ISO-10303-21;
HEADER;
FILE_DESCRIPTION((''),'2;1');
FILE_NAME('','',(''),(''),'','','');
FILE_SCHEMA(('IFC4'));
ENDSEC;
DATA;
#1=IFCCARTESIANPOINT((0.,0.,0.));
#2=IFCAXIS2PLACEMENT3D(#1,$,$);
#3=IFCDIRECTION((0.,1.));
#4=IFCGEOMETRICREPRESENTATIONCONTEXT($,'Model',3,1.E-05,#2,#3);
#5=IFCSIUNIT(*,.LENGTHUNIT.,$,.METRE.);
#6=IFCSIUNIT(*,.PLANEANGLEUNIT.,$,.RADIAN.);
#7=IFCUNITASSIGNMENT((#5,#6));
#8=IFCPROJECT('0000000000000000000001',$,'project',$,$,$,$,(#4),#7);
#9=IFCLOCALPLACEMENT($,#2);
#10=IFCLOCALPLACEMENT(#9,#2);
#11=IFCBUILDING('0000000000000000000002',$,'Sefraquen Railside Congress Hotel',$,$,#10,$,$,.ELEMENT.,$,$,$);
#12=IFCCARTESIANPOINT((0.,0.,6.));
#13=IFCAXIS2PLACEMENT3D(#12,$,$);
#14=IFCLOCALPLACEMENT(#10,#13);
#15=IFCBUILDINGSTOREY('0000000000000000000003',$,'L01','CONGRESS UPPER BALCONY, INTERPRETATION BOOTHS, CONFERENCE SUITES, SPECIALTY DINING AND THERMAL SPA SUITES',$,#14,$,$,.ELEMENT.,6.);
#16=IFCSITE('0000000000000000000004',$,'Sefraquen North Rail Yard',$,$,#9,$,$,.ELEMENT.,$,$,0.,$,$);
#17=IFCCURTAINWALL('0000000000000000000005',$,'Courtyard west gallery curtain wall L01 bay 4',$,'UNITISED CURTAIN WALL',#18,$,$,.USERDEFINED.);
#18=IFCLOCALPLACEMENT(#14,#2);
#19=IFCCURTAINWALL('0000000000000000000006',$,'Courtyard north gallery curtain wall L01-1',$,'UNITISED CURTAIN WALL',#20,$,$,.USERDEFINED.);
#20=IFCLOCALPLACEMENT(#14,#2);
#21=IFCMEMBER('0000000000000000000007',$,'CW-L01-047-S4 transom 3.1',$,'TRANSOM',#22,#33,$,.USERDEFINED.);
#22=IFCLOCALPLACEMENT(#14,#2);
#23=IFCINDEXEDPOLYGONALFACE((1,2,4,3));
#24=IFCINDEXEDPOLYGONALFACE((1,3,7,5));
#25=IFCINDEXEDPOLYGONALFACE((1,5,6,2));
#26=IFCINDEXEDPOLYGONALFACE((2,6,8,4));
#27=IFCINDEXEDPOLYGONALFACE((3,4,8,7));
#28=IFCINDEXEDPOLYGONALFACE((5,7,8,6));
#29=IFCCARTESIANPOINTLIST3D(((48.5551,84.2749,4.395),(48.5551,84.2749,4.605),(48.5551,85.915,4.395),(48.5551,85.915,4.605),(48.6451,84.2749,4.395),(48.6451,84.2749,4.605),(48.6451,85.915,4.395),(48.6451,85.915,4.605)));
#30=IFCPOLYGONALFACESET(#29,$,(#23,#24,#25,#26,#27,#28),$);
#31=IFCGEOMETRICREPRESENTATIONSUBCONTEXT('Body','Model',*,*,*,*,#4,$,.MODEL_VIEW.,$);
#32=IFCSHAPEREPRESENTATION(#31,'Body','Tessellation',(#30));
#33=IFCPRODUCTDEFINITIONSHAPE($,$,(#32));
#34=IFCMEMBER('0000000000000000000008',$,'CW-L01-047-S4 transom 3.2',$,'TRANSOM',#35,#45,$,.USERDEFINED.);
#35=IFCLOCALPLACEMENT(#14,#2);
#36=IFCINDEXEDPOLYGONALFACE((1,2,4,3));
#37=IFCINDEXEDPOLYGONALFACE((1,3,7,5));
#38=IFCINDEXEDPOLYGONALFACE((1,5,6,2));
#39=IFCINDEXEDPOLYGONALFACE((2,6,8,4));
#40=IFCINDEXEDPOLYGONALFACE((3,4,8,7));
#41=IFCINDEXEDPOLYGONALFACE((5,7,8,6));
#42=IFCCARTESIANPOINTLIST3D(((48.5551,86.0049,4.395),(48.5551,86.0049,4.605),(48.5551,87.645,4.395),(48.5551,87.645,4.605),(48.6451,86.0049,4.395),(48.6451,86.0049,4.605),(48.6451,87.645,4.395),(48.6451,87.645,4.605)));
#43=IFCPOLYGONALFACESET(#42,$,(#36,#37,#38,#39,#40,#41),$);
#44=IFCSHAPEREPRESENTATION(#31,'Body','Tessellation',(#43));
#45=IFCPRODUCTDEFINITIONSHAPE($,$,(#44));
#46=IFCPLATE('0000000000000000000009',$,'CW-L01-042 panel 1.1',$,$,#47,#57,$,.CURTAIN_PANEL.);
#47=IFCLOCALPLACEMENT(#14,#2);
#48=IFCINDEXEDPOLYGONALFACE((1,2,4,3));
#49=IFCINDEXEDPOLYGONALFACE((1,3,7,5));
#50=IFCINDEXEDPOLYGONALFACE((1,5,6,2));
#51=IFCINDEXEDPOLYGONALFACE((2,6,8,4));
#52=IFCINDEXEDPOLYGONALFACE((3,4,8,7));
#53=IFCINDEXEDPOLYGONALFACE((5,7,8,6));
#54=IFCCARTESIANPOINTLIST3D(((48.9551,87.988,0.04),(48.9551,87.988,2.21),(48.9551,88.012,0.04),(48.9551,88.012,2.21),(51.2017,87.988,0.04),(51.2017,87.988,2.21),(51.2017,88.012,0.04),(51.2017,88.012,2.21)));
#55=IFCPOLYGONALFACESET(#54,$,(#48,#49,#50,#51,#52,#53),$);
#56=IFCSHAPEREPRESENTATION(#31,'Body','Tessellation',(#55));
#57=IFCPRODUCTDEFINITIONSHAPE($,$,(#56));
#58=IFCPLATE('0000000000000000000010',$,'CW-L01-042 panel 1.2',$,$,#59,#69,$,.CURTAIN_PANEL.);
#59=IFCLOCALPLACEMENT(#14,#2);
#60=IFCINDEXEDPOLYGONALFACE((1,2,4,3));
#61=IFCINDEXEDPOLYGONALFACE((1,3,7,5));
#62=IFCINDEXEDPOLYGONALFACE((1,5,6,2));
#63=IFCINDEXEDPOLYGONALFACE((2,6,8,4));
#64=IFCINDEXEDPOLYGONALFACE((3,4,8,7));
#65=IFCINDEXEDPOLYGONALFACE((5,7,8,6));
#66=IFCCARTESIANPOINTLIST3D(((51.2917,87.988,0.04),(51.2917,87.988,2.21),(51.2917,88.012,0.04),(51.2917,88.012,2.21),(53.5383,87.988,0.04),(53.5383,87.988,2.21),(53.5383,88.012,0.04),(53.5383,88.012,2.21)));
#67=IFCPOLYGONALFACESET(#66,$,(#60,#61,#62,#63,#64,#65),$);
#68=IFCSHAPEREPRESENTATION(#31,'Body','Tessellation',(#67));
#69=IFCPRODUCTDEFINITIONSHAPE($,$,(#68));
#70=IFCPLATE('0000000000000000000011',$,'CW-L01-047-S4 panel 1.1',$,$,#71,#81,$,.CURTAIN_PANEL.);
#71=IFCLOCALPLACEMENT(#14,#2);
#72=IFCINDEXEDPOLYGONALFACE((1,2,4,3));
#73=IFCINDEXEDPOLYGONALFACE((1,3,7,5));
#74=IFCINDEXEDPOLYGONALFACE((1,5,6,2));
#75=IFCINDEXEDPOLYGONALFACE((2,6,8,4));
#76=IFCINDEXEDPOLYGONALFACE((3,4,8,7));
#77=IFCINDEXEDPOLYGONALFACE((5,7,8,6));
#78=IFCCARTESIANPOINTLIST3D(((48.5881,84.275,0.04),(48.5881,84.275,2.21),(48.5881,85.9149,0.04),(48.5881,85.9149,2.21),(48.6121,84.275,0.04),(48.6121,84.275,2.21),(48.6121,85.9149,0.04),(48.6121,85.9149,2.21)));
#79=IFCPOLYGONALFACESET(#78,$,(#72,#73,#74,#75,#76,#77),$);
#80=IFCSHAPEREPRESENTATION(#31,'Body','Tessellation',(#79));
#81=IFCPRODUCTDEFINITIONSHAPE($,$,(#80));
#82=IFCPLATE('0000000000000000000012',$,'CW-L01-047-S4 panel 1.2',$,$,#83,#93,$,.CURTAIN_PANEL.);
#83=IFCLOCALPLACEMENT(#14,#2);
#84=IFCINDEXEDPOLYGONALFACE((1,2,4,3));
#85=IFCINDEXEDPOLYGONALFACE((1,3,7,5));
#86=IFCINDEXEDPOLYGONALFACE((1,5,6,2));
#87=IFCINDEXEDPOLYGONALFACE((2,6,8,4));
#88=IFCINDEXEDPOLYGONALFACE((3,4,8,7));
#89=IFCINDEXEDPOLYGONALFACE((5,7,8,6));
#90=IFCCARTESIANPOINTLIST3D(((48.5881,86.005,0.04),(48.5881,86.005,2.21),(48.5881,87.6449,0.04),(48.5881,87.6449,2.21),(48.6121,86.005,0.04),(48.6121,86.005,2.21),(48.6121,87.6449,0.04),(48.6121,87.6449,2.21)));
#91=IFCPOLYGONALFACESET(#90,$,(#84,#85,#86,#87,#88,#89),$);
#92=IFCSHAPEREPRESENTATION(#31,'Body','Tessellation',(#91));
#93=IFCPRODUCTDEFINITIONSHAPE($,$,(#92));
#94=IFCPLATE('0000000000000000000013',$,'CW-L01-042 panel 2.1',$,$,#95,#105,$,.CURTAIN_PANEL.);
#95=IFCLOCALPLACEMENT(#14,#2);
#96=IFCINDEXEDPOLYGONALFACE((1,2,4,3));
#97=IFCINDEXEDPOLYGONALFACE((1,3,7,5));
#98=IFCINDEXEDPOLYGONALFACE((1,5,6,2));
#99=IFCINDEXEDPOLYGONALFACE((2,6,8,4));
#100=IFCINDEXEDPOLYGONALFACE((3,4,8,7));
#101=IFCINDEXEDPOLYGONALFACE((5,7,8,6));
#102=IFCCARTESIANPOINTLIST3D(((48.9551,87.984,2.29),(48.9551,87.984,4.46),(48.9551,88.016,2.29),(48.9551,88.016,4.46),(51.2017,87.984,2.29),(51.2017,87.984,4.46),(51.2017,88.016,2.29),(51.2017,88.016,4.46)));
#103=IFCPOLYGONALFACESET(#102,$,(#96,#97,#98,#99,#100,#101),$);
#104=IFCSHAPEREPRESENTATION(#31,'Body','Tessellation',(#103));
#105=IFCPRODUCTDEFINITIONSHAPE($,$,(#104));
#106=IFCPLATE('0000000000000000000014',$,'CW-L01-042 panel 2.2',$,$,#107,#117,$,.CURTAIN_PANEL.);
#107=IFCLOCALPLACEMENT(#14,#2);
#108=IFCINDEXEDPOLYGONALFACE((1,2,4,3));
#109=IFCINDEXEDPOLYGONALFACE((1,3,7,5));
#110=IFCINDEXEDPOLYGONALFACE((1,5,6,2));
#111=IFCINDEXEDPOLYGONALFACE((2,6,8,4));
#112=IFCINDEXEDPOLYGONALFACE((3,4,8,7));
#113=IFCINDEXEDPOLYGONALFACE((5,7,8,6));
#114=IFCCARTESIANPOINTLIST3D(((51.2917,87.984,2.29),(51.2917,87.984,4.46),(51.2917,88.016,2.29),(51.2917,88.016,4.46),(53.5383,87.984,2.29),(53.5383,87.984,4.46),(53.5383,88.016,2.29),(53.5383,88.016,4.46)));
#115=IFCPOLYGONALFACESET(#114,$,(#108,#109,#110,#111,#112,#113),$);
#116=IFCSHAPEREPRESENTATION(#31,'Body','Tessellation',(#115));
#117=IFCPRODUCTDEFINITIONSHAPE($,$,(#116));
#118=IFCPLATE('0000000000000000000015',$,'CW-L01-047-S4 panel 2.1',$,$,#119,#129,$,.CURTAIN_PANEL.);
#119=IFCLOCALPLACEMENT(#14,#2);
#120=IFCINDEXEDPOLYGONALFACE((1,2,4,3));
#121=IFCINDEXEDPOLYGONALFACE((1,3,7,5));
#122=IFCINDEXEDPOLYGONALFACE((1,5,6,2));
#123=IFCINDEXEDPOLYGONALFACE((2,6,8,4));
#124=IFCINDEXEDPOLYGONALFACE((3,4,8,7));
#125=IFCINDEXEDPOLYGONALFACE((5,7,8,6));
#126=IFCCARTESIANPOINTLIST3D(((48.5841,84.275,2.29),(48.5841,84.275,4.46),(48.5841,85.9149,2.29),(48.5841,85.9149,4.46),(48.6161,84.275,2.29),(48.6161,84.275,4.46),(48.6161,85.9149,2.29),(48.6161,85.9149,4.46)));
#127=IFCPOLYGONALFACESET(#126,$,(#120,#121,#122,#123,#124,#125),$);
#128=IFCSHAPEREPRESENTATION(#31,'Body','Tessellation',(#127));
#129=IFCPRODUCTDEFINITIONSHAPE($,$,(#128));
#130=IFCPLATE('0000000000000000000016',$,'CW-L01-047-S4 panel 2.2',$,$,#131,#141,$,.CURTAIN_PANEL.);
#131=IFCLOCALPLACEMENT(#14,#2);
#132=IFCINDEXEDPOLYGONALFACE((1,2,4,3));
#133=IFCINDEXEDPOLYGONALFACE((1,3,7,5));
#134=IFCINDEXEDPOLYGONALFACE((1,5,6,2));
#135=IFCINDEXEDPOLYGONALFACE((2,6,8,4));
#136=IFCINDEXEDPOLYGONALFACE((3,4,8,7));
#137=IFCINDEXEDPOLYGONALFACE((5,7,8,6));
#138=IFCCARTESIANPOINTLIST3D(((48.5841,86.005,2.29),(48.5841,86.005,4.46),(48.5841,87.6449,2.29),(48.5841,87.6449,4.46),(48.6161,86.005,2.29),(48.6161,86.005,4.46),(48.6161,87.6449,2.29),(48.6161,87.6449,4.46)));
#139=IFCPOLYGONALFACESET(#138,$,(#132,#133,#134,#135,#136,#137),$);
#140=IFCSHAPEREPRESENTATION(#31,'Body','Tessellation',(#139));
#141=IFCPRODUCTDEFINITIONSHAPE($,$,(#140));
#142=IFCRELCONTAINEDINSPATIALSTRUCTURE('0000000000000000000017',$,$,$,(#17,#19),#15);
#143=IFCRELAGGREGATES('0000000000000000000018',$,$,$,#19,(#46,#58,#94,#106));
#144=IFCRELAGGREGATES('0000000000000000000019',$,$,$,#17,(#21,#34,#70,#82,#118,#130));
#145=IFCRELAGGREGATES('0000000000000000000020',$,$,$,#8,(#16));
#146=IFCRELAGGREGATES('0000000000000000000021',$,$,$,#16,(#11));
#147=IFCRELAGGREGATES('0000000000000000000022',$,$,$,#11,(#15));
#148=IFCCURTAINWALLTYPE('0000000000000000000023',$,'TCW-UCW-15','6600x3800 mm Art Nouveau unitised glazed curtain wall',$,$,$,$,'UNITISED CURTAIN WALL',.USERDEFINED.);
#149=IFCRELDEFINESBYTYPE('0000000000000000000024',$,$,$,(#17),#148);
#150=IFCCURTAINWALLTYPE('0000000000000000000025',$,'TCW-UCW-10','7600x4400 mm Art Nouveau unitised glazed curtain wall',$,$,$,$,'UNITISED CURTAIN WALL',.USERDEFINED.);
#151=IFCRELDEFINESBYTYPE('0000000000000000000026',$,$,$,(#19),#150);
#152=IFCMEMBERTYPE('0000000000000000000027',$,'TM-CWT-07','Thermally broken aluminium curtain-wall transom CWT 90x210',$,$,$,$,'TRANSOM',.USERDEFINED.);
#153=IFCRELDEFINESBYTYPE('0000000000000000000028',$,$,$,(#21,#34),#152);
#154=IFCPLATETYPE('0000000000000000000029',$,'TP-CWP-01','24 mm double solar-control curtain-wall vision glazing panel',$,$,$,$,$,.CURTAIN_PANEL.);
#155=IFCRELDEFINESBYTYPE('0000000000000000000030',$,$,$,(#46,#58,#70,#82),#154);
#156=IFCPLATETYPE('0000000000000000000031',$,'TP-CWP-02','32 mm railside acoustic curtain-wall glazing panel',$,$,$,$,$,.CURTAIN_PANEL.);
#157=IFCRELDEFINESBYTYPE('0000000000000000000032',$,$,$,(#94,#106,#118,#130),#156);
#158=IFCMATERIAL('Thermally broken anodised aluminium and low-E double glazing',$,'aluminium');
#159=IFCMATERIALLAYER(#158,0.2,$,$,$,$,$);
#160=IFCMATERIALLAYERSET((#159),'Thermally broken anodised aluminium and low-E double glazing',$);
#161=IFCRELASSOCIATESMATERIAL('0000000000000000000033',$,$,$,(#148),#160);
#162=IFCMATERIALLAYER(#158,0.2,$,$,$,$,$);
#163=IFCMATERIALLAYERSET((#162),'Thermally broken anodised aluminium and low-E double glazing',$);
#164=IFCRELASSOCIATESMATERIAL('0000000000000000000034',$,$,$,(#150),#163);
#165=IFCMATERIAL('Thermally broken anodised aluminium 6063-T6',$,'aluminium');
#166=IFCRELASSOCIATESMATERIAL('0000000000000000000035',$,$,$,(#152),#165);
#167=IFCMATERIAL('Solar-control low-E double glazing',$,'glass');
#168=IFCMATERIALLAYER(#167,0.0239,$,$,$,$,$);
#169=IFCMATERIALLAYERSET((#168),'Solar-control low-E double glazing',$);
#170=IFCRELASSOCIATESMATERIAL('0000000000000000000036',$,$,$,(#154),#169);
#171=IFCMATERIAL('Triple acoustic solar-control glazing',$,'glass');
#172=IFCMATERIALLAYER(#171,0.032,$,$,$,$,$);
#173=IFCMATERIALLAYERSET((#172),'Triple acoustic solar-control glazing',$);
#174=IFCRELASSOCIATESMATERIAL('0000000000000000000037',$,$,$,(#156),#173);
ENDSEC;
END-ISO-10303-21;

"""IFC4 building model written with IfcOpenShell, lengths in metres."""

from ifc_helpers import new_model, si_unit, direction, frame, origin, origin_2d, place, context, subcontext, project, spatial, rectangle, extrude, material, layer, layer_set, material_profile, profile_set, type_object, element, aggregate, save


model = new_model("IFC4")

# Units and contexts
model_context = context("Model", 3, precision=1e-05, world=origin(), true_north=direction((0.0, 1.0)))
body_context = subcontext(model_context, "Body", "Model", "MODEL_VIEW")
ifc_project = project(units=[si_unit("LENGTHUNIT", "METRE"), si_unit("PLANEANGLEUNIT", "RADIAN")], contexts=[model_context])

# Site, building, storey
site_placement = place(None, origin())
site = spatial("IfcSite", under=ifc_project, at=site_placement, Name="Sefraquen North Rail Yard", CompositionType="ELEMENT", RefElevation=0.0)
building_placement = place(site_placement, origin())
building = spatial("IfcBuilding", under=site, at=building_placement, Name="Sefraquen Railside Congress Hotel", CompositionType="ELEMENT")
storey_placement = place(building_placement, frame((0.0, 0.0, 6.0)))
storey = spatial("IfcBuildingStorey", under=building, at=storey_placement, Name="L01", Description="CONGRESS UPPER BALCONY, INTERPRETATION BOOTHS, CONFERENCE SUITES, SPECIALTY DINING AND THERMAL SPA SUITES", CompositionType="ELEMENT", Elevation=6.0)

# Curtain wall
ifc_material_1 = material(Name="Thermally broken anodised aluminium and low-E double glazing", Category="aluminium")
ifc_layer_1 = layer(ifc_material_1, 0.2)
ifc_layer_set_1 = layer_set([ifc_layer_1], Name="Thermally broken anodised aluminium and low-E double glazing")
curtain_wall_type_1 = type_object("IfcCurtainWallType", Name="TCW-UCW-15", Description="6600x3800 mm Art Nouveau unitised glazed curtain wall", ElementType="UNITISED CURTAIN WALL", PredefinedType="USERDEFINED", material=ifc_layer_set_1)
curtain_wall_1_placement = place(storey_placement, origin())
curtain_wall_1 = element("IfcCurtainWall", 1, at=curtain_wall_1_placement, inside=storey, type_object=curtain_wall_type_1, Name="Courtyard west gallery curtain wall L01 bay 4", ObjectType="UNITISED CURTAIN WALL", PredefinedType="USERDEFINED")
ifc_material_2 = material(Name="Thermally broken anodised aluminium 6063-T6", Category="aluminium")

# Curtain wall
ifc_layer_2 = layer(ifc_material_1, 0.2)
ifc_layer_set_2 = layer_set([ifc_layer_2], Name="Thermally broken anodised aluminium and low-E double glazing")
curtain_wall_type_2 = type_object("IfcCurtainWallType", Name="TCW-UCW-10", Description="7600x4400 mm Art Nouveau unitised glazed curtain wall", ElementType="UNITISED CURTAIN WALL", PredefinedType="USERDEFINED", material=ifc_layer_set_2)
curtain_wall_2_placement = place(storey_placement, origin())
curtain_wall_2 = element("IfcCurtainWall", 2, at=curtain_wall_2_placement, inside=storey, type_object=curtain_wall_type_2, Name="Courtyard north gallery curtain wall L01-1", ObjectType="UNITISED CURTAIN WALL", PredefinedType="USERDEFINED")

# Members
ifc_material_profile_1 = material_profile(ifc_material_2, rectangle(XDim=0.0901, YDim=0.21, at=origin_2d()), Name="CWT 90x210")
ifc_profile_set_1 = profile_set([ifc_material_profile_1], Name="Thermally broken anodised aluminium 6063-T6")
member_type_1 = type_object("IfcMemberType", Name="TM-CWT-07", Description="Thermally broken aluminium curtain-wall transom CWT 90x210", ElementType="TRANSOM", PredefinedType="USERDEFINED", material=ifc_profile_set_1)
member_1_placement = place(storey_placement, frame((48.6001, 84.2749, 4.5), z_axis=(0.0, 1.0, 0.0), x_axis=(-1.0, 0.0, 0.0)))
member_1 = element("IfcMember", 3, at=member_1_placement, type_object=member_type_1, Name="CW-L01-047-S4 transom 3.1", ObjectType="TRANSOM", PredefinedType="USERDEFINED", context=body_context, shape_type="SweptSolid", body=[
    extrude(rectangle(XDim=0.0901, YDim=0.21, at=origin_2d()), origin(), (0.0, 0.0, 1.0), 1.6401),
])
member_2_placement = place(storey_placement, frame((48.6001, 86.0049, 4.5), z_axis=(0.0, 1.0, 0.0), x_axis=(-1.0, 0.0, 0.0)))
member_2 = element("IfcMember", 4, at=member_2_placement, type_object=member_type_1, Name="CW-L01-047-S4 transom 3.2", ObjectType="TRANSOM", PredefinedType="USERDEFINED", context=body_context, shape_type="SweptSolid", body=[
    extrude(rectangle(XDim=0.0901, YDim=0.21, at=origin_2d()), origin(), (0.0, 0.0, 1.0), 1.6401),
])

# Plates
ifc_material_3 = material(Name="Solar-control low-E double glazing", Category="glass")
ifc_layer_3 = layer(ifc_material_3, 0.0239)
ifc_layer_set_3 = layer_set([ifc_layer_3], Name="Solar-control low-E double glazing")
plate_type_1 = type_object("IfcPlateType", Name="TP-CWP-01", Description="24 mm double solar-control curtain-wall vision glazing panel", PredefinedType="CURTAIN_PANEL", material=ifc_layer_set_3)
plate_1_placement = place(storey_placement, frame((50.0784, 88.0, 0.04), z_axis=(0.0, 0.0, 1.0), x_axis=(1.0, 0.0, 0.0)))
plate_1 = element("IfcPlate", 5, at=plate_1_placement, type_object=plate_type_1, Name="CW-L01-042 panel 1.1", PredefinedType="CURTAIN_PANEL", context=body_context, shape_type="SweptSolid", body=[
    extrude(rectangle(XDim=2.2466, YDim=0.0239, at=origin_2d()), origin(), (0.0, 0.0, 1.0), 2.1699),
])
plate_2_placement = place(storey_placement, frame((52.415, 88.0, 0.04), z_axis=(0.0, 0.0, 1.0), x_axis=(1.0, 0.0, 0.0)))
plate_2 = element("IfcPlate", 6, at=plate_2_placement, type_object=plate_type_1, Name="CW-L01-042 panel 1.2", PredefinedType="CURTAIN_PANEL", context=body_context, shape_type="SweptSolid", body=[
    extrude(rectangle(XDim=2.2466, YDim=0.0239, at=origin_2d()), origin(), (0.0, 0.0, 1.0), 2.1699),
])
plate_3_placement = place(storey_placement, frame((48.6001, 85.095, 0.04), z_axis=(0.0, 0.0, 1.0), x_axis=(0.0, 1.0, 0.0)))
plate_3 = element("IfcPlate", 7, at=plate_3_placement, type_object=plate_type_1, Name="CW-L01-047-S4 panel 1.1", PredefinedType="CURTAIN_PANEL", context=body_context, shape_type="SweptSolid", body=[
    extrude(rectangle(XDim=1.6399, YDim=0.0239, at=origin_2d()), origin(), (0.0, 0.0, 1.0), 2.1699),
])
plate_4_placement = place(storey_placement, frame((48.6001, 86.825, 0.04), z_axis=(0.0, 0.0, 1.0), x_axis=(0.0, 1.0, 0.0)))
plate_4 = element("IfcPlate", 8, at=plate_4_placement, type_object=plate_type_1, Name="CW-L01-047-S4 panel 1.2", PredefinedType="CURTAIN_PANEL", context=body_context, shape_type="SweptSolid", body=[
    extrude(rectangle(XDim=1.6399, YDim=0.0239, at=origin_2d()), origin(), (0.0, 0.0, 1.0), 2.1699),
])
ifc_material_4 = material(Name="Triple acoustic solar-control glazing", Category="glass")
ifc_layer_4 = layer(ifc_material_4, 0.032)
ifc_layer_set_4 = layer_set([ifc_layer_4], Name="Triple acoustic solar-control glazing")
plate_type_2 = type_object("IfcPlateType", Name="TP-CWP-02", Description="32 mm railside acoustic curtain-wall glazing panel", PredefinedType="CURTAIN_PANEL", material=ifc_layer_set_4)
plate_5_placement = place(storey_placement, frame((50.0784, 88.0, 2.29), z_axis=(0.0, 0.0, 1.0), x_axis=(1.0, 0.0, 0.0)))
plate_5 = element("IfcPlate", 9, at=plate_5_placement, type_object=plate_type_2, Name="CW-L01-042 panel 2.1", PredefinedType="CURTAIN_PANEL", context=body_context, shape_type="SweptSolid", body=[
    extrude(rectangle(XDim=2.2466, YDim=0.032, at=origin_2d()), origin(), (0.0, 0.0, 1.0), 2.1699),
])
plate_6_placement = place(storey_placement, frame((52.415, 88.0, 2.29), z_axis=(0.0, 0.0, 1.0), x_axis=(1.0, 0.0, 0.0)))
plate_6 = element("IfcPlate", 10, at=plate_6_placement, type_object=plate_type_2, Name="CW-L01-042 panel 2.2", PredefinedType="CURTAIN_PANEL", context=body_context, shape_type="SweptSolid", body=[
    extrude(rectangle(XDim=2.2466, YDim=0.032, at=origin_2d()), origin(), (0.0, 0.0, 1.0), 2.1699),
])
aggregate(curtain_wall_2, [plate_1, plate_2, plate_5, plate_6])
plate_7_placement = place(storey_placement, frame((48.6001, 85.095, 2.29), z_axis=(0.0, 0.0, 1.0), x_axis=(0.0, 1.0, 0.0)))
plate_7 = element("IfcPlate", 11, at=plate_7_placement, type_object=plate_type_2, Name="CW-L01-047-S4 panel 2.1", PredefinedType="CURTAIN_PANEL", context=body_context, shape_type="SweptSolid", body=[
    extrude(rectangle(XDim=1.6399, YDim=0.032, at=origin_2d()), origin(), (0.0, 0.0, 1.0), 2.1699),
])
plate_8_placement = place(storey_placement, frame((48.6001, 86.825, 2.29), z_axis=(0.0, 0.0, 1.0), x_axis=(0.0, 1.0, 0.0)))
plate_8 = element("IfcPlate", 12, at=plate_8_placement, type_object=plate_type_2, Name="CW-L01-047-S4 panel 2.2", PredefinedType="CURTAIN_PANEL", context=body_context, shape_type="SweptSolid", body=[
    extrude(rectangle(XDim=1.6399, YDim=0.032, at=origin_2d()), origin(), (0.0, 0.0, 1.0), 2.1699),
])
aggregate(curtain_wall_1, [member_1, member_2, plate_3, plate_4, plate_7, plate_8])

save(model, "model.ifc")
